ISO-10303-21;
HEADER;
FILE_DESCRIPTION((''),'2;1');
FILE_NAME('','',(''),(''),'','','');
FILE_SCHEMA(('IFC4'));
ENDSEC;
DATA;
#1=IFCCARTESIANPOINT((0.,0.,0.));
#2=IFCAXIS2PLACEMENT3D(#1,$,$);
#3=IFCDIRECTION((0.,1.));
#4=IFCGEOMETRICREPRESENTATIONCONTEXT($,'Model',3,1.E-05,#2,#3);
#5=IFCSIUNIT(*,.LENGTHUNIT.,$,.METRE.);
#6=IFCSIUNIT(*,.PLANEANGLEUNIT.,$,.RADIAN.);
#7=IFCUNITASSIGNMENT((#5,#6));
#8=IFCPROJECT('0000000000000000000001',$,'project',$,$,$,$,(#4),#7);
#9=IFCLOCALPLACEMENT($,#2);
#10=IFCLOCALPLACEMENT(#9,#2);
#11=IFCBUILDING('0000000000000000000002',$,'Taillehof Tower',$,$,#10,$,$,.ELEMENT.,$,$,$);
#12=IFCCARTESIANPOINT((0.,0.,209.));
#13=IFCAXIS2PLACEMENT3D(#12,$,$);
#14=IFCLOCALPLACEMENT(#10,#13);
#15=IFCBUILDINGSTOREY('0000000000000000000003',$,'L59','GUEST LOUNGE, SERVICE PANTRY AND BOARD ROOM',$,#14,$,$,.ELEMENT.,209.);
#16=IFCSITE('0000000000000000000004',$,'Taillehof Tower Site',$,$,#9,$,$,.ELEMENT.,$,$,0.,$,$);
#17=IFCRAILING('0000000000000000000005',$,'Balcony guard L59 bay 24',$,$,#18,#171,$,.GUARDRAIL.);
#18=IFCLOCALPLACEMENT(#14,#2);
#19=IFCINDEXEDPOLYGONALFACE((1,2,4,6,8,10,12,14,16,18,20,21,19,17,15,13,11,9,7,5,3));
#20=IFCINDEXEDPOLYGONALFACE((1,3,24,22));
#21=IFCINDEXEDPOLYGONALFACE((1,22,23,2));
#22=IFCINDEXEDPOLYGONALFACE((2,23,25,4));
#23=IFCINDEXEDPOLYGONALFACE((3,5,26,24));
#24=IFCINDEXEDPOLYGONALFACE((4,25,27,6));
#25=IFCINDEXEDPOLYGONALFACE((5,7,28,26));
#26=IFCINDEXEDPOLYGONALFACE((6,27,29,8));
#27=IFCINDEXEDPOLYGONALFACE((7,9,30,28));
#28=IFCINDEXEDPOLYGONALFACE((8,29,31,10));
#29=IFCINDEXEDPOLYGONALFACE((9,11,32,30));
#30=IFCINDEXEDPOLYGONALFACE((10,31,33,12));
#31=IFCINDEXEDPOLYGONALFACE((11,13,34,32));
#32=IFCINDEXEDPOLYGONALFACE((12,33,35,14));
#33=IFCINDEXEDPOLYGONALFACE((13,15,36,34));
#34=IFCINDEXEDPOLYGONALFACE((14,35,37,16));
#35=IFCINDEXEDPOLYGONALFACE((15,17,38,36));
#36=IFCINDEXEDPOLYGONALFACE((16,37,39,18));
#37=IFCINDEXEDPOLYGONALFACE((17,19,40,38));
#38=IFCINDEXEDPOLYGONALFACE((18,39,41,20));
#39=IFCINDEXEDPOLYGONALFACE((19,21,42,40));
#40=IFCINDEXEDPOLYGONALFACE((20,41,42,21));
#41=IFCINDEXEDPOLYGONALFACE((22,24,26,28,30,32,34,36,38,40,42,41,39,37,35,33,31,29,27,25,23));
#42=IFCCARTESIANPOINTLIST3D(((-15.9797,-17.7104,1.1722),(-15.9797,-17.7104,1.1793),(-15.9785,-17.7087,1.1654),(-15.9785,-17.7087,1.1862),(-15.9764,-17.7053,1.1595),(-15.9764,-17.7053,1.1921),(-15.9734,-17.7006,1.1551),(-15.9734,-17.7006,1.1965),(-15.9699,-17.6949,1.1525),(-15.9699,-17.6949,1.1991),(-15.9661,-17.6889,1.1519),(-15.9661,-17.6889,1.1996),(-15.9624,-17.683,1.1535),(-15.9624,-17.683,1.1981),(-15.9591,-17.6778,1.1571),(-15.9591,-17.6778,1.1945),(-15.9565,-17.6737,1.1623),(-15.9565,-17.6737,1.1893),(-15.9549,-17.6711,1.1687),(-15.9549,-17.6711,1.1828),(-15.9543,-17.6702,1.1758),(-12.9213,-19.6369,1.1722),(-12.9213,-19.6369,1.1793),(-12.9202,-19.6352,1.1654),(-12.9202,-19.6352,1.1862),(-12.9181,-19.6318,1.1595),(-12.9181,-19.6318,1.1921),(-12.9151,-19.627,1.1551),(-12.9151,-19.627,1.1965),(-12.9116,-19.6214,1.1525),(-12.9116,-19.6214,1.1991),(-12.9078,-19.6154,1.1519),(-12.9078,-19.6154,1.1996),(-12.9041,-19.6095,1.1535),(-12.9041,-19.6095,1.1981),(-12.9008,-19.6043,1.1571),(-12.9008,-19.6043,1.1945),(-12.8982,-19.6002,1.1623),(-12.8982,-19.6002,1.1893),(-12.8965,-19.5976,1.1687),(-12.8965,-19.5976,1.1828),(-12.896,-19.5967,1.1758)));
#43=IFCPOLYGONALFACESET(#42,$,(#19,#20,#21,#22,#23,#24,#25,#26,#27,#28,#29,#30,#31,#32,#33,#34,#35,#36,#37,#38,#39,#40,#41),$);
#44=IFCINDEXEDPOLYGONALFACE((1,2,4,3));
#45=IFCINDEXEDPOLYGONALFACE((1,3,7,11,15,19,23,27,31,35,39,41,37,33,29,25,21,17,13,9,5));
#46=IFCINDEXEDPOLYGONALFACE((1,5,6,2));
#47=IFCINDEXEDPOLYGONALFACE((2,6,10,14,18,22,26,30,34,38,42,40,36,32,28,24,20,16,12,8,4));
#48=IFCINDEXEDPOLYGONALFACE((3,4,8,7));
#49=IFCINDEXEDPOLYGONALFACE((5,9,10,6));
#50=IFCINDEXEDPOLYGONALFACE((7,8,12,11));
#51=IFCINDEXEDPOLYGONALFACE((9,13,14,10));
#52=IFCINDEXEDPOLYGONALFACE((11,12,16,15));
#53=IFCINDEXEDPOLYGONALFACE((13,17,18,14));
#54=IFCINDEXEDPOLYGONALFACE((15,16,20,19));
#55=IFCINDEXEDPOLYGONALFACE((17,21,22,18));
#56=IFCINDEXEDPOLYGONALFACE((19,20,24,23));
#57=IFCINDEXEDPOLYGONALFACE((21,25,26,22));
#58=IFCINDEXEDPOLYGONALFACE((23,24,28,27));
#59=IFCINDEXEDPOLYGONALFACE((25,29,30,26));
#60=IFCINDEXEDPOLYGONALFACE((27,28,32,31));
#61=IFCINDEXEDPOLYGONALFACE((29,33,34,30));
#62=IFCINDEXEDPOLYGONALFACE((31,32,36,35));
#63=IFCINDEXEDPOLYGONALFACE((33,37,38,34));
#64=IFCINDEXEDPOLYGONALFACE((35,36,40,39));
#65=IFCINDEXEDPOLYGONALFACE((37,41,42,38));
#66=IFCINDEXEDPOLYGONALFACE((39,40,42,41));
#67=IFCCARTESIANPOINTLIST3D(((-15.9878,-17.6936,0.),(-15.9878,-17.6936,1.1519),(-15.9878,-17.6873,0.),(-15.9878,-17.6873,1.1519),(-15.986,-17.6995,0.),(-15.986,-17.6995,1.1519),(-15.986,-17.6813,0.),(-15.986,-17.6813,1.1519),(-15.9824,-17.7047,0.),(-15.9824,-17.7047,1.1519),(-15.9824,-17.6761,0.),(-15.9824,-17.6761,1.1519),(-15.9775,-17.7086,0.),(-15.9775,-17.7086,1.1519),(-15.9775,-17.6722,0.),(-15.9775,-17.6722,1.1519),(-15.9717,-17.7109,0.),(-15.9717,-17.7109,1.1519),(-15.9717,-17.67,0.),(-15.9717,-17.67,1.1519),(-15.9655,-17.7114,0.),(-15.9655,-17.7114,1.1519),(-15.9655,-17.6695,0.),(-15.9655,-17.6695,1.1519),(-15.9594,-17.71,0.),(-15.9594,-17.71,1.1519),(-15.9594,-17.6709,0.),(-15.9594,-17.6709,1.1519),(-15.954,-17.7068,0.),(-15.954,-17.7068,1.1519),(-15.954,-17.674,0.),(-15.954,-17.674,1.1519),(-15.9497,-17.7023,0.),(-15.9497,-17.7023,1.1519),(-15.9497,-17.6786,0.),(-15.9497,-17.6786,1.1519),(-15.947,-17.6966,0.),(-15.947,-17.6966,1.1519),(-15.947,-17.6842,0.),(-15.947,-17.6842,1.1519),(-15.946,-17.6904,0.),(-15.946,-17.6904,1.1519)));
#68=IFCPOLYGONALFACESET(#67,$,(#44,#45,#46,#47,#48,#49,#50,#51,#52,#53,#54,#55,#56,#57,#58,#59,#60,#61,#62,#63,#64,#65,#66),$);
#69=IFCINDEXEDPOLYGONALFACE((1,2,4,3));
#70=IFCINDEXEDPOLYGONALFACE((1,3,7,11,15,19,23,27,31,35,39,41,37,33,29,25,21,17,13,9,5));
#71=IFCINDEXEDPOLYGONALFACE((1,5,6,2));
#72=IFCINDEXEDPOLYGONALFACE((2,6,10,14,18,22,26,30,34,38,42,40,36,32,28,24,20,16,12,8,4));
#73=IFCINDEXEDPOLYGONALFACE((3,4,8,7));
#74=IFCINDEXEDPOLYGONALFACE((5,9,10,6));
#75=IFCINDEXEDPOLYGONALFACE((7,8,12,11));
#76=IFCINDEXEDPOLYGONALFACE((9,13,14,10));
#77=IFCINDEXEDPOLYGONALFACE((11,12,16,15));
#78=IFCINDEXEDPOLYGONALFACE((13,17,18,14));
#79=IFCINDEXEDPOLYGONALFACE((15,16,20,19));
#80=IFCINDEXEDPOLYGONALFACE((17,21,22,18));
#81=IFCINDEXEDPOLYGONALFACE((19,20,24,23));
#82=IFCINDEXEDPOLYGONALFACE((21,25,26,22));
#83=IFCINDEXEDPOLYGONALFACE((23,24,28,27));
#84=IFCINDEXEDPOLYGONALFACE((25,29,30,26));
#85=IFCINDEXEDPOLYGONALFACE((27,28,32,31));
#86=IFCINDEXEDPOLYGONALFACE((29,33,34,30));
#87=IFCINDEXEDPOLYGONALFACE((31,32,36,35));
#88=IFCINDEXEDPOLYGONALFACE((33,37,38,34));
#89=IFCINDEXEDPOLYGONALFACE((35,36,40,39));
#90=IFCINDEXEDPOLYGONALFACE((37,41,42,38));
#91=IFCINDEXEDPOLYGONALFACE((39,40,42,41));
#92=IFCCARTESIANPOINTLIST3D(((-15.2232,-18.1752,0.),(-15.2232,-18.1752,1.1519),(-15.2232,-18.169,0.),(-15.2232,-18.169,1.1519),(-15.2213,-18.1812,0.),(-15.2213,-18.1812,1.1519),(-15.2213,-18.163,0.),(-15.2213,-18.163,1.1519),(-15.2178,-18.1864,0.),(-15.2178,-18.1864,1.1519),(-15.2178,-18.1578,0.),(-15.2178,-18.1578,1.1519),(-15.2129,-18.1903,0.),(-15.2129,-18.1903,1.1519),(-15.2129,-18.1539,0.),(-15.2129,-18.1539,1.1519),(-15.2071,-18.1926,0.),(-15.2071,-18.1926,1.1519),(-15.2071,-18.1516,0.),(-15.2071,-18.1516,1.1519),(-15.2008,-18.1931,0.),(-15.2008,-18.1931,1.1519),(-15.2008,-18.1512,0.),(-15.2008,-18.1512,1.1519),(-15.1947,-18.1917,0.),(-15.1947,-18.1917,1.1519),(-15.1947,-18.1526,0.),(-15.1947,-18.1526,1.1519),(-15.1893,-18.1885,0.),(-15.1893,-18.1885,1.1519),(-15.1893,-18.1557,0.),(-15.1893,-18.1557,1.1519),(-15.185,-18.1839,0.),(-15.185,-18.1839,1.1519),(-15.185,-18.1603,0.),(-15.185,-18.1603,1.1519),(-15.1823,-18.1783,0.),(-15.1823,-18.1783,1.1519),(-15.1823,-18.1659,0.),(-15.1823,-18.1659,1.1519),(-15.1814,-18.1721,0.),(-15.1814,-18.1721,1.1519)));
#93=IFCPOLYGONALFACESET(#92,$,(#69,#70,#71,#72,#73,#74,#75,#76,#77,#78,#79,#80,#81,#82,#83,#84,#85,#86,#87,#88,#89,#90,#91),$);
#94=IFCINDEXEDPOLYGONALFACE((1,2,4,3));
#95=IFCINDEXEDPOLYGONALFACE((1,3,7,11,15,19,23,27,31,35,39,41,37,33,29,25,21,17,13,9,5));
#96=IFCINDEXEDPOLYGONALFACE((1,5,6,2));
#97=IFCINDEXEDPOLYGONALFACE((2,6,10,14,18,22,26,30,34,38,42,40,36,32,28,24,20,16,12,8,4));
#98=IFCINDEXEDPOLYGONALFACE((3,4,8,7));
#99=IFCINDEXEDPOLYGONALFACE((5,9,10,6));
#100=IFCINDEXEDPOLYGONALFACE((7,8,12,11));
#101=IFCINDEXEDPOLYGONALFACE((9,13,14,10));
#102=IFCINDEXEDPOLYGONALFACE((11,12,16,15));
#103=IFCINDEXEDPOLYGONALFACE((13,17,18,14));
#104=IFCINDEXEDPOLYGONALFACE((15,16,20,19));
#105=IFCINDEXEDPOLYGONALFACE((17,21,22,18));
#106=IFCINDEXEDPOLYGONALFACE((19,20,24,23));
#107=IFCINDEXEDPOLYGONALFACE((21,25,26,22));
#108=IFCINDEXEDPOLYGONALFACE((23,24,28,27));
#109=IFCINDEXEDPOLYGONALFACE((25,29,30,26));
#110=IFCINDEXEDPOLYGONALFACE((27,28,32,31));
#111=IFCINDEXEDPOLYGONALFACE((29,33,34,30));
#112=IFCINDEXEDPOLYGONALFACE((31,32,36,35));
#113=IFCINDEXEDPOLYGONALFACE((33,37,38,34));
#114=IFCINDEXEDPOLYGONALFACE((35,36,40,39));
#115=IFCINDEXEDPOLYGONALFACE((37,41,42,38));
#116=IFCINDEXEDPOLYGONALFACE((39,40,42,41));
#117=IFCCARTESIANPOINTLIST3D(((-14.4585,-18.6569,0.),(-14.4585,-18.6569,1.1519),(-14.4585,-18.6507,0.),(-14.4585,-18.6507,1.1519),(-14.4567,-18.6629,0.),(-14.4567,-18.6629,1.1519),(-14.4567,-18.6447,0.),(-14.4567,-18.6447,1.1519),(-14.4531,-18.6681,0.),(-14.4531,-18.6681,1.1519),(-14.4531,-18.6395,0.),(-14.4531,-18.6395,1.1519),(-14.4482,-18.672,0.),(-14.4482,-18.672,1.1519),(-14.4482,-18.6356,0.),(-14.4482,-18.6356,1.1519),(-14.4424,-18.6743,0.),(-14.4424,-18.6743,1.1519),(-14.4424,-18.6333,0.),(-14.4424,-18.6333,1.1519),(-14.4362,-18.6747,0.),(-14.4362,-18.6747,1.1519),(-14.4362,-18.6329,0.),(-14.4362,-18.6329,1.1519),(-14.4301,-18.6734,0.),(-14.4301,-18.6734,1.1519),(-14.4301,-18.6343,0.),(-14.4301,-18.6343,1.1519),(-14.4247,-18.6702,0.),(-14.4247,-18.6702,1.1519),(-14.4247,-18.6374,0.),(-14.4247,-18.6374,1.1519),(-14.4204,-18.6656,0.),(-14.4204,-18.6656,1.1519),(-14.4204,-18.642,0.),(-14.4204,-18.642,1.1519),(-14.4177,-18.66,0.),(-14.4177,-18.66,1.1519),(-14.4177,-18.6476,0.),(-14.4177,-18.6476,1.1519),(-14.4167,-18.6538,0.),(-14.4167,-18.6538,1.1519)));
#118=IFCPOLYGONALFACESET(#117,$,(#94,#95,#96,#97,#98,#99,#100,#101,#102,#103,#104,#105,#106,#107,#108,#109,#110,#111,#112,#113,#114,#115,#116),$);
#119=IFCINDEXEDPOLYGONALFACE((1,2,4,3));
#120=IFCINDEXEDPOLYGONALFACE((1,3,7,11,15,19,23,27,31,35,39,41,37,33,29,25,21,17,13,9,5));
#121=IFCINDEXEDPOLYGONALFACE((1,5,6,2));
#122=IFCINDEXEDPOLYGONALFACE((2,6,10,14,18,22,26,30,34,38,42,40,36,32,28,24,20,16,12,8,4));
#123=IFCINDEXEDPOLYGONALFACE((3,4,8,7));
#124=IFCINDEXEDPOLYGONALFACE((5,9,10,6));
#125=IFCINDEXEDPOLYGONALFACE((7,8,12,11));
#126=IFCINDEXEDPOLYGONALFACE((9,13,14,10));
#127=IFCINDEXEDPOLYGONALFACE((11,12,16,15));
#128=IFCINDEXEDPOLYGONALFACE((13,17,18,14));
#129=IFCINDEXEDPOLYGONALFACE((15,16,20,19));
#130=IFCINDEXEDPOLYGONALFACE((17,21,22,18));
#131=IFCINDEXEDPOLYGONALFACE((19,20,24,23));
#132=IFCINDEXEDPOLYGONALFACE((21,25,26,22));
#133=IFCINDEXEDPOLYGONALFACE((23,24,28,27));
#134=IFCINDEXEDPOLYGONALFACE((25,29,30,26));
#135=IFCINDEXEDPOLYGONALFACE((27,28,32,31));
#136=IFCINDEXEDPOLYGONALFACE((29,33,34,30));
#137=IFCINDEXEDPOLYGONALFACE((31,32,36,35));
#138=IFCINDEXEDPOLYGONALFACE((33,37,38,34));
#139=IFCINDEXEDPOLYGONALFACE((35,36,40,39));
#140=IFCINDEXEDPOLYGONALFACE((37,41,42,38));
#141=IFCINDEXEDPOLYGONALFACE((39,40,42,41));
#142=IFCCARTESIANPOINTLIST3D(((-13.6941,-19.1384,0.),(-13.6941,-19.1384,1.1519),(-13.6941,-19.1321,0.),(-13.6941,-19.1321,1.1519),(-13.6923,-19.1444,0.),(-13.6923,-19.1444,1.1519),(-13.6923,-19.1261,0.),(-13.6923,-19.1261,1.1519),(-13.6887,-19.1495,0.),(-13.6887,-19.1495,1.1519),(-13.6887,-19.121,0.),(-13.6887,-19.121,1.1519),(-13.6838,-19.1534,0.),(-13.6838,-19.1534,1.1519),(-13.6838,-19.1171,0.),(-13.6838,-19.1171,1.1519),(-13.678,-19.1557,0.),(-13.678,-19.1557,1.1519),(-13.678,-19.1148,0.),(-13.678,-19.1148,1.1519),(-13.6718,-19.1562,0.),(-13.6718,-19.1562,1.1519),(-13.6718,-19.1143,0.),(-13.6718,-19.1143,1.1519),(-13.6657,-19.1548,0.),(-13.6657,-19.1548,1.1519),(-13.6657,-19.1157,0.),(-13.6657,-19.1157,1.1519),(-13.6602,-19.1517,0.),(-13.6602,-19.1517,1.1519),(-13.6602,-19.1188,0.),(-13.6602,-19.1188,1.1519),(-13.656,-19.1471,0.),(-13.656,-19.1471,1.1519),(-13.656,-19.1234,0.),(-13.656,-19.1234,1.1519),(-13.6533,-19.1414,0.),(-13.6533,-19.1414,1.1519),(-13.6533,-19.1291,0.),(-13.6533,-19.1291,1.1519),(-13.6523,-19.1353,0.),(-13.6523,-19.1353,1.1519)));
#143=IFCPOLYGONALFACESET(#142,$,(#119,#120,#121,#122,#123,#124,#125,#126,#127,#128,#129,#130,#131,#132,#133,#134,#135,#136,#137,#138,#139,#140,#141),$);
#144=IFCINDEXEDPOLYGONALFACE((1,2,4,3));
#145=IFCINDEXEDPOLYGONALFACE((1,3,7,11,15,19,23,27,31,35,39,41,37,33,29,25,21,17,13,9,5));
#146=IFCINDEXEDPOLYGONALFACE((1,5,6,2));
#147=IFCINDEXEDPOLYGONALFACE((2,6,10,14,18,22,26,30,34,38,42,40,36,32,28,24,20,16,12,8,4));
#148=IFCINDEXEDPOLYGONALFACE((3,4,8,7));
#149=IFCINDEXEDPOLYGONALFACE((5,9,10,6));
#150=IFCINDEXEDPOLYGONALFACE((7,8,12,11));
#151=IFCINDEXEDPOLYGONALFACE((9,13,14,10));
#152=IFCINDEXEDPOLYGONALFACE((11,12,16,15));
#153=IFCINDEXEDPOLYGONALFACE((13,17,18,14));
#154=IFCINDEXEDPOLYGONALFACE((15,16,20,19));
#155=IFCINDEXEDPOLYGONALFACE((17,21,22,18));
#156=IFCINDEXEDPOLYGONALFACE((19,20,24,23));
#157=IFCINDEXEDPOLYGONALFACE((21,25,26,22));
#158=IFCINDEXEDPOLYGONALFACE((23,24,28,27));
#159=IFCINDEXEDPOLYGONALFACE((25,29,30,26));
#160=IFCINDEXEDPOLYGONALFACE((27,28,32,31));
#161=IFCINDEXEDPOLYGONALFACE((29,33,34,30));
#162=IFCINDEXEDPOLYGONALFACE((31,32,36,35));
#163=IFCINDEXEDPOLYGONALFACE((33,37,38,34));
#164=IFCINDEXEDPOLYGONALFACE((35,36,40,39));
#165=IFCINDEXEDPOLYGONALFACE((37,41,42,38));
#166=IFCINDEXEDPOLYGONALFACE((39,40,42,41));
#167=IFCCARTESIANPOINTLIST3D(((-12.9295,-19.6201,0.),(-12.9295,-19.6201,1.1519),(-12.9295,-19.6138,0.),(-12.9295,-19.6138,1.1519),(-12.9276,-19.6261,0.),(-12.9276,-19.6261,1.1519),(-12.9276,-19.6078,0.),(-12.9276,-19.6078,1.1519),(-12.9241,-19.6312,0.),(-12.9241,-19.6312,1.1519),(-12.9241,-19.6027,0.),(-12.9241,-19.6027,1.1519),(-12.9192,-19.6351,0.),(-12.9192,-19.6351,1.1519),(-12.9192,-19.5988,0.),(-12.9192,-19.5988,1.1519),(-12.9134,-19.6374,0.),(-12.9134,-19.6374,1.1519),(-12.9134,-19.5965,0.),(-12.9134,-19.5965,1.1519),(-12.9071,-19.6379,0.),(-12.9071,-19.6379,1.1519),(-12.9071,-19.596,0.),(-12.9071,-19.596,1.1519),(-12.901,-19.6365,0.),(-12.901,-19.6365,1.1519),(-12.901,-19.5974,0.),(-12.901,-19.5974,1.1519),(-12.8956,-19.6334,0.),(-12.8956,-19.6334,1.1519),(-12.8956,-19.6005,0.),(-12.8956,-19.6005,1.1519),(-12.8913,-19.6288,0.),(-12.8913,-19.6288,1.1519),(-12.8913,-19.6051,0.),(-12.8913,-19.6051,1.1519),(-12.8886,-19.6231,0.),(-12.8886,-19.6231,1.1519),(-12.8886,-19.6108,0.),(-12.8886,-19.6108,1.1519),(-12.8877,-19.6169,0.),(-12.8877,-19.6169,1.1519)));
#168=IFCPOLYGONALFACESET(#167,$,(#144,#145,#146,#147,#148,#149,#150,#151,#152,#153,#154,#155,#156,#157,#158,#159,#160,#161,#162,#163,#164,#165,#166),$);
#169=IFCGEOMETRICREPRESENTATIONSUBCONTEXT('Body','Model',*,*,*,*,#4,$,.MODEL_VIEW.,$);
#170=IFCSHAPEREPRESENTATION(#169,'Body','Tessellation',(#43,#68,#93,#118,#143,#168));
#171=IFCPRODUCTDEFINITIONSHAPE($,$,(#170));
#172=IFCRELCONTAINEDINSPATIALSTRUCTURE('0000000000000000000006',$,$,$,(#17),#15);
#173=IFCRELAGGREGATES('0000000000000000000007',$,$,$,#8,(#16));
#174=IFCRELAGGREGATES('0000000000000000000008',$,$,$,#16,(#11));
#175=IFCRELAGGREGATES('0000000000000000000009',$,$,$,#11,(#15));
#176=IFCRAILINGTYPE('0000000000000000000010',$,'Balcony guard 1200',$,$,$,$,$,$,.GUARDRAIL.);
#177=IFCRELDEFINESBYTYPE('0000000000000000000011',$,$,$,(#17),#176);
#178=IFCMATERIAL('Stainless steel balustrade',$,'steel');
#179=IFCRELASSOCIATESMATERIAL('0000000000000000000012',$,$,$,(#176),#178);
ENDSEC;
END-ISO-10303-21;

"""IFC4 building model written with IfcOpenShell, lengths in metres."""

from ifc_helpers import new_model, si_unit, direction, frame, origin, origin_2d, place, context, subcontext, project, spatial, circle, extrude, material, type_object, element, save


model = new_model("IFC4")

# Units and contexts
model_context = context("Model", 3, precision=1e-05, world=origin(), true_north=direction((0.0, 1.0)))
body_context = subcontext(model_context, "Body", "Model", "MODEL_VIEW")
ifc_project = project(units=[si_unit("LENGTHUNIT", "METRE"), si_unit("PLANEANGLEUNIT", "RADIAN")], contexts=[model_context])

# Site, building, storey
site_placement = place(None, origin())
site = spatial("IfcSite", under=ifc_project, at=site_placement, Name="Taillehof Tower Site", CompositionType="ELEMENT", RefElevation=0.0)
building_placement = place(site_placement, origin())
building = spatial("IfcBuilding", under=site, at=building_placement, Name="Taillehof Tower", CompositionType="ELEMENT")
storey_placement = place(building_placement, frame((0.0, 0.0, 209.0)))
storey = spatial("IfcBuildingStorey", under=building, at=storey_placement, Name="L59", Description="GUEST LOUNGE, SERVICE PANTRY AND BOARD ROOM", CompositionType="ELEMENT", Elevation=209.0)

# Railing
ifc_material_1 = material(Name="Stainless steel balustrade", Category="steel")
railing_type_1 = type_object("IfcRailingType", Name="Balcony guard 1200", PredefinedType="GUARDRAIL", material=ifc_material_1)
railing_1_placement = place(storey_placement, frame((-15.967, -17.6904, 0.0)))
element("IfcRailing", 1, at=railing_1_placement, inside=storey, type_object=railing_type_1, Name="Balcony guard L59 bay 24", PredefinedType="GUARDRAIL", context=body_context, shape_type="SweptSolid", body=[
    extrude(circle(Radius=0.0239, at=origin_2d()), frame((0.0, 0.0, 1.1758), z_axis=(0.846122, -0.532989, 0.0), x_axis=(0.532989, 0.846122, 0.0)), (0.0, 0.0, 1.0), 3.6145),
    extrude(circle(Radius=0.021, at=origin_2d()), origin(), (0.0, 0.0, 1.0), 1.1519),
    extrude(circle(Radius=0.021, at=origin_2d()), frame((0.7646, -0.4817, 0.0)), (0.0, 0.0, 1.0), 1.1519),
    extrude(circle(Radius=0.021, at=origin_2d()), frame((1.5293, -0.9634, 0.0)), (0.0, 0.0, 1.0), 1.1519),
    extrude(circle(Radius=0.021, at=origin_2d()), frame((2.2937, -1.4448, 0.0)), (0.0, 0.0, 1.0), 1.1519),
    extrude(circle(Radius=0.021, at=origin_2d()), frame((3.0583, -1.9265, 0.0)), (0.0, 0.0, 1.0), 1.1519),
])

save(model, "model.ifc")
